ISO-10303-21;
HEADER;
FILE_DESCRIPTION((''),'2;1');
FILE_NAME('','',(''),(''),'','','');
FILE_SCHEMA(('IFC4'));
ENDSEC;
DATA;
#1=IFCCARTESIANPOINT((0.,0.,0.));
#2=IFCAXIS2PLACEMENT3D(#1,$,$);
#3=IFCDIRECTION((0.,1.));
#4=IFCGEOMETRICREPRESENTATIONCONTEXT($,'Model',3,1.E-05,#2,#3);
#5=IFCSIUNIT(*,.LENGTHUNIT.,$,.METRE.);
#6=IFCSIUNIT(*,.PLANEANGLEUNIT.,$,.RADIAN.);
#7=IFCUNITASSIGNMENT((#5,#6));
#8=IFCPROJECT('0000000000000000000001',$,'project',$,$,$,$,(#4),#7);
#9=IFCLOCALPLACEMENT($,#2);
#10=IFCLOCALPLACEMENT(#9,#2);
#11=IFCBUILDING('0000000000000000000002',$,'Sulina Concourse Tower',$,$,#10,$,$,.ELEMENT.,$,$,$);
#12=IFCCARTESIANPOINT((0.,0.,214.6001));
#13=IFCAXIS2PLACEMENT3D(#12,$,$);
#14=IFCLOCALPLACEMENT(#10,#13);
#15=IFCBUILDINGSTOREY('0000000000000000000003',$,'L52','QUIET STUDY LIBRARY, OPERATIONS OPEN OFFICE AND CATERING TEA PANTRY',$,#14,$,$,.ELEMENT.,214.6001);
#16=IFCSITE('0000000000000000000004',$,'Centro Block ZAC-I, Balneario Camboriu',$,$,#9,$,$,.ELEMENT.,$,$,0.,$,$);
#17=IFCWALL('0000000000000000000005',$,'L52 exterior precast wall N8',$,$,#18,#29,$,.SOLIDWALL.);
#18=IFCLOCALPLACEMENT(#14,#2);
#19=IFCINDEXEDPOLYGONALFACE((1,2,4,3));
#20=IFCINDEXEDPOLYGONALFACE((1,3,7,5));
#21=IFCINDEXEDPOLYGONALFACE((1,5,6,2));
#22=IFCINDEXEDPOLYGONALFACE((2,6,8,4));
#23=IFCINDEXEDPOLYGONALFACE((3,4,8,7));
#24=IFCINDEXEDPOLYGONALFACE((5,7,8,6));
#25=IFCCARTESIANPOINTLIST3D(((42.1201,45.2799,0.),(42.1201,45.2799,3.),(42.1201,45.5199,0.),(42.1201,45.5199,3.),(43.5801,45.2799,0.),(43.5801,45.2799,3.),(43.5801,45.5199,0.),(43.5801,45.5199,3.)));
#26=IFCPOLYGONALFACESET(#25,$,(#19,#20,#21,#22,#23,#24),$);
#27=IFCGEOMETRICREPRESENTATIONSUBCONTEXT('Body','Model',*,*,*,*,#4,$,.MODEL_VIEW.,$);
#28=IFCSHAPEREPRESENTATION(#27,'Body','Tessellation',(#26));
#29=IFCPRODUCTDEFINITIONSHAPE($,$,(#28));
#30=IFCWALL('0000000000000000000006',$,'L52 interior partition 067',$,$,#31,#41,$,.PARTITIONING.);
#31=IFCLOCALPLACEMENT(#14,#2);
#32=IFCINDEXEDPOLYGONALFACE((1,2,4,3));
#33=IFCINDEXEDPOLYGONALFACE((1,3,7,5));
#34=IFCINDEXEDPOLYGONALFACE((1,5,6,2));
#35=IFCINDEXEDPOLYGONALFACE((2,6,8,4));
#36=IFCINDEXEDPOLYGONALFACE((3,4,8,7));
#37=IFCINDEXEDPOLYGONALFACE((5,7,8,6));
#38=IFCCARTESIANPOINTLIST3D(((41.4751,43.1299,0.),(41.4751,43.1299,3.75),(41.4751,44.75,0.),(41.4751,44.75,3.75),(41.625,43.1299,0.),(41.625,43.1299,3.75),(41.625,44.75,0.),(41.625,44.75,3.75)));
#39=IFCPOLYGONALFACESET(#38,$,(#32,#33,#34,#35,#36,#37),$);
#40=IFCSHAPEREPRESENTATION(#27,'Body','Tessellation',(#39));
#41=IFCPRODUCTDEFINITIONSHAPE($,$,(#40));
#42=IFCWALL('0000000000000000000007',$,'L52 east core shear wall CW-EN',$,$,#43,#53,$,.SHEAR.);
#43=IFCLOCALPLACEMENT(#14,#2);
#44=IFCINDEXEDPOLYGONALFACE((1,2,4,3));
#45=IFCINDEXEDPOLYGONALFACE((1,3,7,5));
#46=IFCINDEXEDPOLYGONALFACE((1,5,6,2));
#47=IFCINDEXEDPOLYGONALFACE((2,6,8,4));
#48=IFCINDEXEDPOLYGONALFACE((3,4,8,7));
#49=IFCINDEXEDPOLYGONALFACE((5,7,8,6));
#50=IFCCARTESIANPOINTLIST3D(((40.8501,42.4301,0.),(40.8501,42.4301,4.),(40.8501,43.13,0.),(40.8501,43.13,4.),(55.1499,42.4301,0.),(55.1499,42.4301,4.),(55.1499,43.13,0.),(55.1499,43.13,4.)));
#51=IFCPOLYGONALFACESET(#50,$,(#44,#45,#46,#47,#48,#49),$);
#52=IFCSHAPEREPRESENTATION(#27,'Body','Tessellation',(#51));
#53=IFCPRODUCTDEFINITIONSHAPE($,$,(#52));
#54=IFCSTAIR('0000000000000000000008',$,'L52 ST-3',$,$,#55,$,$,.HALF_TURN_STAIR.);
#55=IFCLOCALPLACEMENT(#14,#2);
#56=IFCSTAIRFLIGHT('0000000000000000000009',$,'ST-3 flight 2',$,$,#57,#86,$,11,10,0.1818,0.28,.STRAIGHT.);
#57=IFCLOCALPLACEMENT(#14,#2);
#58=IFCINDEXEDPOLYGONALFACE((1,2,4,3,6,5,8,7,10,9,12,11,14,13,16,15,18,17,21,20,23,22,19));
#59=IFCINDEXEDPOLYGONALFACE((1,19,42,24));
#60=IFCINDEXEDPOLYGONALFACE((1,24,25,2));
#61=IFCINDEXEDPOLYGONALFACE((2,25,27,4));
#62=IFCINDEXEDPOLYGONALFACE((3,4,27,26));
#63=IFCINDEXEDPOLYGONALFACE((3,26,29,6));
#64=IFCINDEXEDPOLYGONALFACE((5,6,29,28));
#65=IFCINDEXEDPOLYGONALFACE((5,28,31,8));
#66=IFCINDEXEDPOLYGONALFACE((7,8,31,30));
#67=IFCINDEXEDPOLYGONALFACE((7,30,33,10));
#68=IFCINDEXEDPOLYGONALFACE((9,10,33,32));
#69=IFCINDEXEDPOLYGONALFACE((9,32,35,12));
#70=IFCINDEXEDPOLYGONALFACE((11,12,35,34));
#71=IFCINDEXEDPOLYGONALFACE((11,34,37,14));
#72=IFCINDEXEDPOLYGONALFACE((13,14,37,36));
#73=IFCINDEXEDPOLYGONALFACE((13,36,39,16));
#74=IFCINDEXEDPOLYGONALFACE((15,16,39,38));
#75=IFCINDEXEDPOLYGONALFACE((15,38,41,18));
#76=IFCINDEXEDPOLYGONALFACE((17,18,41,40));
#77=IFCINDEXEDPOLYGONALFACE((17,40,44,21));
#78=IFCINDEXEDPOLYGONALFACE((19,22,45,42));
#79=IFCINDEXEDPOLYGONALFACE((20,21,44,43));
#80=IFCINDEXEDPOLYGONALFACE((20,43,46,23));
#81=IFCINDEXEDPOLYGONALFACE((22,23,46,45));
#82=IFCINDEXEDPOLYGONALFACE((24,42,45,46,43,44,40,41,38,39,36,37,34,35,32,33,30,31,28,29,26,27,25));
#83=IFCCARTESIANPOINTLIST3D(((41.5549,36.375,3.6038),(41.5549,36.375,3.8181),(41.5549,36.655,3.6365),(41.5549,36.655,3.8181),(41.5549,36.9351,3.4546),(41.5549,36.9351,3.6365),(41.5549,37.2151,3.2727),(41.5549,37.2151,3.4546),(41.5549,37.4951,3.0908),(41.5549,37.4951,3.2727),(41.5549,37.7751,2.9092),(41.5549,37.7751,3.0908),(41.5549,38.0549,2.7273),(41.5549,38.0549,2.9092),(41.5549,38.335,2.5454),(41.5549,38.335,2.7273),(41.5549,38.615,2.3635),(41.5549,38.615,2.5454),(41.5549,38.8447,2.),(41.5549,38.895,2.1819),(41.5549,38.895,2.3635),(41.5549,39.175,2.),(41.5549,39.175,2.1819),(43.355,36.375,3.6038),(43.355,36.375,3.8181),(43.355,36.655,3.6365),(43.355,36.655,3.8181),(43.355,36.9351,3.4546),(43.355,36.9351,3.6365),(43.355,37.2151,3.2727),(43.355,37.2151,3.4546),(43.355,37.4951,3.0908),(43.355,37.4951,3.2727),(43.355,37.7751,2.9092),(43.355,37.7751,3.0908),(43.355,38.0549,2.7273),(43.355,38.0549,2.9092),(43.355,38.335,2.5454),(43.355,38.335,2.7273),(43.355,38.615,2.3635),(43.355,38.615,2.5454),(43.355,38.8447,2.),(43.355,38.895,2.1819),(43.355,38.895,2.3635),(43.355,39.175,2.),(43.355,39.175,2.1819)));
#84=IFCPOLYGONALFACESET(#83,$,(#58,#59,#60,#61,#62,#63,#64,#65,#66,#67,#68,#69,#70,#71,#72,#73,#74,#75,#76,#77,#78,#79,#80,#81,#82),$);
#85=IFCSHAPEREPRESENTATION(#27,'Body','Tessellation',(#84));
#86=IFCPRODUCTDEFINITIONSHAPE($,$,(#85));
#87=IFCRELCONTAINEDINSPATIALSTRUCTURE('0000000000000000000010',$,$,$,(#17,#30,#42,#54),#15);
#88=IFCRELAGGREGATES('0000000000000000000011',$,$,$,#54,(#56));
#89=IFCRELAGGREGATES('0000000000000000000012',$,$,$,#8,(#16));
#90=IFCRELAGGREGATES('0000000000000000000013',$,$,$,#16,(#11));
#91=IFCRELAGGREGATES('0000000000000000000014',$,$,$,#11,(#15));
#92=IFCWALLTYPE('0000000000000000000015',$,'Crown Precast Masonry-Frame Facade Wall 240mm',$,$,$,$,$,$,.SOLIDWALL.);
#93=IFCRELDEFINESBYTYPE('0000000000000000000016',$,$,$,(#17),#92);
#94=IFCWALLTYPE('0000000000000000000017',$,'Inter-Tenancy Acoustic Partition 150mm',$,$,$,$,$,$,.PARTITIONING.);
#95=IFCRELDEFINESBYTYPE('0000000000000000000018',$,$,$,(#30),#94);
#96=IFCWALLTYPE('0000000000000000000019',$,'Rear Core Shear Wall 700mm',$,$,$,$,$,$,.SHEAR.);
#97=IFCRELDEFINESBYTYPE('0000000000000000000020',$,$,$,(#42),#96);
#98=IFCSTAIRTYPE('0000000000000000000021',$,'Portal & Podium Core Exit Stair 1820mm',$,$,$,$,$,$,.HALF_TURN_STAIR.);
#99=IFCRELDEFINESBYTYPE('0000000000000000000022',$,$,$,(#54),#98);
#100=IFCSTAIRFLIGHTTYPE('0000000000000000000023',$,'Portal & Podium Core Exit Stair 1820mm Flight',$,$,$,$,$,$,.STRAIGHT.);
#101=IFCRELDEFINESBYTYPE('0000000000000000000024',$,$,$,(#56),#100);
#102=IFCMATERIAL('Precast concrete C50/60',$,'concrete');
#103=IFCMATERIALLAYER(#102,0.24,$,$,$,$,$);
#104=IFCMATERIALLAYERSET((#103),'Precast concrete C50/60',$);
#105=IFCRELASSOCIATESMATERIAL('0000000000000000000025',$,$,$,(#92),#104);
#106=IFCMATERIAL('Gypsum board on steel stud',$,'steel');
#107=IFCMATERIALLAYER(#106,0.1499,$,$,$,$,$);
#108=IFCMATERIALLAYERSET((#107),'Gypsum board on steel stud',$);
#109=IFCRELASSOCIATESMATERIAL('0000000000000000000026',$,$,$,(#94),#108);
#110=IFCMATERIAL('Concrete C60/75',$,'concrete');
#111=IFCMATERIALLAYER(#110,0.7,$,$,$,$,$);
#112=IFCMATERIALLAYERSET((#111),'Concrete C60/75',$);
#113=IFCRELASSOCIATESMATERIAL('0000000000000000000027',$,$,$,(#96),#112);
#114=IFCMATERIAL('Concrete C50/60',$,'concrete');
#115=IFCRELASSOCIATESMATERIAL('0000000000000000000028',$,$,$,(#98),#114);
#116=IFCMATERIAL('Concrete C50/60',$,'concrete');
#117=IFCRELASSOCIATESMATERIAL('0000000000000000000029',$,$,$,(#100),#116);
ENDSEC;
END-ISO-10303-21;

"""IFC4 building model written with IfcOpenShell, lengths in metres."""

from ifc_helpers import new_model, si_unit, direction, frame, frame_2d, origin, place, context, subcontext, project, spatial, polyline, rectangle, outline, extrude, material, layer, layer_set, type_object, element, aggregate, save


model = new_model("IFC4")

# Units and contexts
model_context = context("Model", 3, precision=1e-05, world=origin(), true_north=direction((0.0, 1.0)))
body_context = subcontext(model_context, "Body", "Model", "MODEL_VIEW")
ifc_project = project(units=[si_unit("LENGTHUNIT", "METRE"), si_unit("PLANEANGLEUNIT", "RADIAN")], contexts=[model_context])

# Site, building, storey
site_placement = place(None, origin())
site = spatial("IfcSite", under=ifc_project, at=site_placement, Name="Centro Block ZAC-I, Balneario Camboriu", CompositionType="ELEMENT", RefElevation=0.0)
building_placement = place(site_placement, origin())
building = spatial("IfcBuilding", under=site, at=building_placement, Name="Sulina Concourse Tower", CompositionType="ELEMENT")
storey_placement = place(building_placement, frame((0.0, 0.0, 214.6001)))
storey = spatial("IfcBuildingStorey", under=building, at=storey_placement, Name="L52", Description="QUIET STUDY LIBRARY, OPERATIONS OPEN OFFICE AND CATERING TEA PANTRY", CompositionType="ELEMENT", Elevation=214.6001)

# Shared definitions
ifc_material_1 = material(Name="Precast concrete C50/60", Category="concrete")
ifc_layer_1 = layer(ifc_material_1, 0.24)
ifc_layer_set_1 = layer_set([ifc_layer_1], Name="Precast concrete C50/60")
wall_type_1 = type_object("IfcWallType", Name="Crown Precast Masonry-Frame Facade Wall 240mm", PredefinedType="SOLIDWALL", material=ifc_layer_set_1)

# Walls
wall_1_placement = place(storey_placement, frame((42.1201, 45.3999, 0.0), z_axis=(0.0, 0.0, 1.0), x_axis=(1.0, 0.0, 0.0)))
element("IfcWall", 1, at=wall_1_placement, inside=storey, type_object=wall_type_1, Name="L52 exterior precast wall N8", PredefinedType="SOLIDWALL", context=body_context, shape_type="SweptSolid", body=[
    extrude(rectangle(XDim=1.46, YDim=0.24, at=frame_2d((0.73, 0.0))), origin(), (0.0, 0.0, 1.0), 3.0),
])
ifc_material_2 = material(Name="Gypsum board on steel stud", Category="steel")
ifc_layer_2 = layer(ifc_material_2, 0.1499)
ifc_layer_set_2 = layer_set([ifc_layer_2], Name="Gypsum board on steel stud")
wall_type_2 = type_object("IfcWallType", Name="Inter-Tenancy Acoustic Partition 150mm", PredefinedType="PARTITIONING", material=ifc_layer_set_2)
wall_2_placement = place(storey_placement, frame((41.55, 43.1299, 0.0), z_axis=(0.0, 0.0, 1.0), x_axis=(0.0, 1.0, 0.0)))
element("IfcWall", 2, at=wall_2_placement, inside=storey, type_object=wall_type_2, Name="L52 interior partition 067", PredefinedType="PARTITIONING", context=body_context, shape_type="SweptSolid", body=[
    extrude(rectangle(XDim=1.6201, YDim=0.1499, at=frame_2d((0.8101, 0.0))), origin(), (0.0, 0.0, 1.0), 3.75),
])
ifc_material_3 = material(Name="Concrete C60/75", Category="concrete")
ifc_layer_3 = layer(ifc_material_3, 0.7)
ifc_layer_set_3 = layer_set([ifc_layer_3], Name="Concrete C60/75")
wall_type_3 = type_object("IfcWallType", Name="Rear Core Shear Wall 700mm", PredefinedType="SHEAR", material=ifc_layer_set_3)
wall_3_placement = place(storey_placement, frame((40.8501, 42.78, 0.0), z_axis=(0.0, 0.0, 1.0), x_axis=(1.0, 0.0, 0.0)))
element("IfcWall", 3, at=wall_3_placement, inside=storey, type_object=wall_type_3, Name="L52 east core shear wall CW-EN", PredefinedType="SHEAR", context=body_context, shape_type="SweptSolid", body=[
    extrude(rectangle(XDim=14.2998, YDim=0.7, at=frame_2d((7.1499, 0.0))), origin(), (0.0, 0.0, 1.0), 4.0),
])

# Stair, stair flight
ifc_material_4 = material(Name="Concrete C50/60", Category="concrete")
stair_type = type_object("IfcStairType", Name="Portal & Podium Core Exit Stair 1820mm", PredefinedType="HALF_TURN_STAIR", material=ifc_material_4)
stair_placement = place(storey_placement, origin())
stair = element("IfcStair", 4, at=stair_placement, inside=storey, type_object=stair_type, Name="L52 ST-3", PredefinedType="HALF_TURN_STAIR")
ifc_material_5 = material(Name="Concrete C50/60", Category="concrete")
stair_flight_type = type_object("IfcStairFlightType", Name="Portal & Podium Core Exit Stair 1820mm Flight", PredefinedType="STRAIGHT", material=ifc_material_5)
stair_flight_placement = place(storey_placement, frame((42.4551, 39.175, 2.0), z_axis=(0.0, 0.0, 1.0), x_axis=(0.0, -1.0, 0.0)))
stair_flight = element("IfcStairFlight", 5, at=stair_flight_placement, type_object=stair_flight_type, Name="ST-3 flight 2", NumberOfRisers=11, NumberOfTreads=10, PredefinedType="STRAIGHT", RiserHeight=0.1818, TreadLength=0.28, context=body_context, shape_type="SweptSolid", body=[
    extrude(outline(polyline([(0.0, 0.0), (0.0, 0.1819), (0.28, 0.1819), (0.28, 0.3635), (0.5601, 0.3635), (0.5601, 0.5454), (0.8401, 0.5454), (0.8401, 0.7273), (1.1201, 0.7273), (1.1201, 0.9092), (1.3999, 0.9092), (1.3999, 1.0908), (1.6799, 1.0908), (1.6799, 1.2727), (1.96, 1.2727), (1.96, 1.4546), (2.24, 1.4546), (2.24, 1.6365), (2.52, 1.6365), (2.52, 1.8181), (2.8, 1.8181), (2.8, 2.0), (2.8, 1.6038), (0.3303, 0.0), (0.0, 0.0)])), frame((0.0, 0.8999, 0.0), z_axis=(0.0, -1.0, 0.0), x_axis=(1.0, 0.0, 0.0)), (0.0, 0.0, 1.0), 1.8),
])
aggregate(stair, [stair_flight])

save(model, "model.ifc")
